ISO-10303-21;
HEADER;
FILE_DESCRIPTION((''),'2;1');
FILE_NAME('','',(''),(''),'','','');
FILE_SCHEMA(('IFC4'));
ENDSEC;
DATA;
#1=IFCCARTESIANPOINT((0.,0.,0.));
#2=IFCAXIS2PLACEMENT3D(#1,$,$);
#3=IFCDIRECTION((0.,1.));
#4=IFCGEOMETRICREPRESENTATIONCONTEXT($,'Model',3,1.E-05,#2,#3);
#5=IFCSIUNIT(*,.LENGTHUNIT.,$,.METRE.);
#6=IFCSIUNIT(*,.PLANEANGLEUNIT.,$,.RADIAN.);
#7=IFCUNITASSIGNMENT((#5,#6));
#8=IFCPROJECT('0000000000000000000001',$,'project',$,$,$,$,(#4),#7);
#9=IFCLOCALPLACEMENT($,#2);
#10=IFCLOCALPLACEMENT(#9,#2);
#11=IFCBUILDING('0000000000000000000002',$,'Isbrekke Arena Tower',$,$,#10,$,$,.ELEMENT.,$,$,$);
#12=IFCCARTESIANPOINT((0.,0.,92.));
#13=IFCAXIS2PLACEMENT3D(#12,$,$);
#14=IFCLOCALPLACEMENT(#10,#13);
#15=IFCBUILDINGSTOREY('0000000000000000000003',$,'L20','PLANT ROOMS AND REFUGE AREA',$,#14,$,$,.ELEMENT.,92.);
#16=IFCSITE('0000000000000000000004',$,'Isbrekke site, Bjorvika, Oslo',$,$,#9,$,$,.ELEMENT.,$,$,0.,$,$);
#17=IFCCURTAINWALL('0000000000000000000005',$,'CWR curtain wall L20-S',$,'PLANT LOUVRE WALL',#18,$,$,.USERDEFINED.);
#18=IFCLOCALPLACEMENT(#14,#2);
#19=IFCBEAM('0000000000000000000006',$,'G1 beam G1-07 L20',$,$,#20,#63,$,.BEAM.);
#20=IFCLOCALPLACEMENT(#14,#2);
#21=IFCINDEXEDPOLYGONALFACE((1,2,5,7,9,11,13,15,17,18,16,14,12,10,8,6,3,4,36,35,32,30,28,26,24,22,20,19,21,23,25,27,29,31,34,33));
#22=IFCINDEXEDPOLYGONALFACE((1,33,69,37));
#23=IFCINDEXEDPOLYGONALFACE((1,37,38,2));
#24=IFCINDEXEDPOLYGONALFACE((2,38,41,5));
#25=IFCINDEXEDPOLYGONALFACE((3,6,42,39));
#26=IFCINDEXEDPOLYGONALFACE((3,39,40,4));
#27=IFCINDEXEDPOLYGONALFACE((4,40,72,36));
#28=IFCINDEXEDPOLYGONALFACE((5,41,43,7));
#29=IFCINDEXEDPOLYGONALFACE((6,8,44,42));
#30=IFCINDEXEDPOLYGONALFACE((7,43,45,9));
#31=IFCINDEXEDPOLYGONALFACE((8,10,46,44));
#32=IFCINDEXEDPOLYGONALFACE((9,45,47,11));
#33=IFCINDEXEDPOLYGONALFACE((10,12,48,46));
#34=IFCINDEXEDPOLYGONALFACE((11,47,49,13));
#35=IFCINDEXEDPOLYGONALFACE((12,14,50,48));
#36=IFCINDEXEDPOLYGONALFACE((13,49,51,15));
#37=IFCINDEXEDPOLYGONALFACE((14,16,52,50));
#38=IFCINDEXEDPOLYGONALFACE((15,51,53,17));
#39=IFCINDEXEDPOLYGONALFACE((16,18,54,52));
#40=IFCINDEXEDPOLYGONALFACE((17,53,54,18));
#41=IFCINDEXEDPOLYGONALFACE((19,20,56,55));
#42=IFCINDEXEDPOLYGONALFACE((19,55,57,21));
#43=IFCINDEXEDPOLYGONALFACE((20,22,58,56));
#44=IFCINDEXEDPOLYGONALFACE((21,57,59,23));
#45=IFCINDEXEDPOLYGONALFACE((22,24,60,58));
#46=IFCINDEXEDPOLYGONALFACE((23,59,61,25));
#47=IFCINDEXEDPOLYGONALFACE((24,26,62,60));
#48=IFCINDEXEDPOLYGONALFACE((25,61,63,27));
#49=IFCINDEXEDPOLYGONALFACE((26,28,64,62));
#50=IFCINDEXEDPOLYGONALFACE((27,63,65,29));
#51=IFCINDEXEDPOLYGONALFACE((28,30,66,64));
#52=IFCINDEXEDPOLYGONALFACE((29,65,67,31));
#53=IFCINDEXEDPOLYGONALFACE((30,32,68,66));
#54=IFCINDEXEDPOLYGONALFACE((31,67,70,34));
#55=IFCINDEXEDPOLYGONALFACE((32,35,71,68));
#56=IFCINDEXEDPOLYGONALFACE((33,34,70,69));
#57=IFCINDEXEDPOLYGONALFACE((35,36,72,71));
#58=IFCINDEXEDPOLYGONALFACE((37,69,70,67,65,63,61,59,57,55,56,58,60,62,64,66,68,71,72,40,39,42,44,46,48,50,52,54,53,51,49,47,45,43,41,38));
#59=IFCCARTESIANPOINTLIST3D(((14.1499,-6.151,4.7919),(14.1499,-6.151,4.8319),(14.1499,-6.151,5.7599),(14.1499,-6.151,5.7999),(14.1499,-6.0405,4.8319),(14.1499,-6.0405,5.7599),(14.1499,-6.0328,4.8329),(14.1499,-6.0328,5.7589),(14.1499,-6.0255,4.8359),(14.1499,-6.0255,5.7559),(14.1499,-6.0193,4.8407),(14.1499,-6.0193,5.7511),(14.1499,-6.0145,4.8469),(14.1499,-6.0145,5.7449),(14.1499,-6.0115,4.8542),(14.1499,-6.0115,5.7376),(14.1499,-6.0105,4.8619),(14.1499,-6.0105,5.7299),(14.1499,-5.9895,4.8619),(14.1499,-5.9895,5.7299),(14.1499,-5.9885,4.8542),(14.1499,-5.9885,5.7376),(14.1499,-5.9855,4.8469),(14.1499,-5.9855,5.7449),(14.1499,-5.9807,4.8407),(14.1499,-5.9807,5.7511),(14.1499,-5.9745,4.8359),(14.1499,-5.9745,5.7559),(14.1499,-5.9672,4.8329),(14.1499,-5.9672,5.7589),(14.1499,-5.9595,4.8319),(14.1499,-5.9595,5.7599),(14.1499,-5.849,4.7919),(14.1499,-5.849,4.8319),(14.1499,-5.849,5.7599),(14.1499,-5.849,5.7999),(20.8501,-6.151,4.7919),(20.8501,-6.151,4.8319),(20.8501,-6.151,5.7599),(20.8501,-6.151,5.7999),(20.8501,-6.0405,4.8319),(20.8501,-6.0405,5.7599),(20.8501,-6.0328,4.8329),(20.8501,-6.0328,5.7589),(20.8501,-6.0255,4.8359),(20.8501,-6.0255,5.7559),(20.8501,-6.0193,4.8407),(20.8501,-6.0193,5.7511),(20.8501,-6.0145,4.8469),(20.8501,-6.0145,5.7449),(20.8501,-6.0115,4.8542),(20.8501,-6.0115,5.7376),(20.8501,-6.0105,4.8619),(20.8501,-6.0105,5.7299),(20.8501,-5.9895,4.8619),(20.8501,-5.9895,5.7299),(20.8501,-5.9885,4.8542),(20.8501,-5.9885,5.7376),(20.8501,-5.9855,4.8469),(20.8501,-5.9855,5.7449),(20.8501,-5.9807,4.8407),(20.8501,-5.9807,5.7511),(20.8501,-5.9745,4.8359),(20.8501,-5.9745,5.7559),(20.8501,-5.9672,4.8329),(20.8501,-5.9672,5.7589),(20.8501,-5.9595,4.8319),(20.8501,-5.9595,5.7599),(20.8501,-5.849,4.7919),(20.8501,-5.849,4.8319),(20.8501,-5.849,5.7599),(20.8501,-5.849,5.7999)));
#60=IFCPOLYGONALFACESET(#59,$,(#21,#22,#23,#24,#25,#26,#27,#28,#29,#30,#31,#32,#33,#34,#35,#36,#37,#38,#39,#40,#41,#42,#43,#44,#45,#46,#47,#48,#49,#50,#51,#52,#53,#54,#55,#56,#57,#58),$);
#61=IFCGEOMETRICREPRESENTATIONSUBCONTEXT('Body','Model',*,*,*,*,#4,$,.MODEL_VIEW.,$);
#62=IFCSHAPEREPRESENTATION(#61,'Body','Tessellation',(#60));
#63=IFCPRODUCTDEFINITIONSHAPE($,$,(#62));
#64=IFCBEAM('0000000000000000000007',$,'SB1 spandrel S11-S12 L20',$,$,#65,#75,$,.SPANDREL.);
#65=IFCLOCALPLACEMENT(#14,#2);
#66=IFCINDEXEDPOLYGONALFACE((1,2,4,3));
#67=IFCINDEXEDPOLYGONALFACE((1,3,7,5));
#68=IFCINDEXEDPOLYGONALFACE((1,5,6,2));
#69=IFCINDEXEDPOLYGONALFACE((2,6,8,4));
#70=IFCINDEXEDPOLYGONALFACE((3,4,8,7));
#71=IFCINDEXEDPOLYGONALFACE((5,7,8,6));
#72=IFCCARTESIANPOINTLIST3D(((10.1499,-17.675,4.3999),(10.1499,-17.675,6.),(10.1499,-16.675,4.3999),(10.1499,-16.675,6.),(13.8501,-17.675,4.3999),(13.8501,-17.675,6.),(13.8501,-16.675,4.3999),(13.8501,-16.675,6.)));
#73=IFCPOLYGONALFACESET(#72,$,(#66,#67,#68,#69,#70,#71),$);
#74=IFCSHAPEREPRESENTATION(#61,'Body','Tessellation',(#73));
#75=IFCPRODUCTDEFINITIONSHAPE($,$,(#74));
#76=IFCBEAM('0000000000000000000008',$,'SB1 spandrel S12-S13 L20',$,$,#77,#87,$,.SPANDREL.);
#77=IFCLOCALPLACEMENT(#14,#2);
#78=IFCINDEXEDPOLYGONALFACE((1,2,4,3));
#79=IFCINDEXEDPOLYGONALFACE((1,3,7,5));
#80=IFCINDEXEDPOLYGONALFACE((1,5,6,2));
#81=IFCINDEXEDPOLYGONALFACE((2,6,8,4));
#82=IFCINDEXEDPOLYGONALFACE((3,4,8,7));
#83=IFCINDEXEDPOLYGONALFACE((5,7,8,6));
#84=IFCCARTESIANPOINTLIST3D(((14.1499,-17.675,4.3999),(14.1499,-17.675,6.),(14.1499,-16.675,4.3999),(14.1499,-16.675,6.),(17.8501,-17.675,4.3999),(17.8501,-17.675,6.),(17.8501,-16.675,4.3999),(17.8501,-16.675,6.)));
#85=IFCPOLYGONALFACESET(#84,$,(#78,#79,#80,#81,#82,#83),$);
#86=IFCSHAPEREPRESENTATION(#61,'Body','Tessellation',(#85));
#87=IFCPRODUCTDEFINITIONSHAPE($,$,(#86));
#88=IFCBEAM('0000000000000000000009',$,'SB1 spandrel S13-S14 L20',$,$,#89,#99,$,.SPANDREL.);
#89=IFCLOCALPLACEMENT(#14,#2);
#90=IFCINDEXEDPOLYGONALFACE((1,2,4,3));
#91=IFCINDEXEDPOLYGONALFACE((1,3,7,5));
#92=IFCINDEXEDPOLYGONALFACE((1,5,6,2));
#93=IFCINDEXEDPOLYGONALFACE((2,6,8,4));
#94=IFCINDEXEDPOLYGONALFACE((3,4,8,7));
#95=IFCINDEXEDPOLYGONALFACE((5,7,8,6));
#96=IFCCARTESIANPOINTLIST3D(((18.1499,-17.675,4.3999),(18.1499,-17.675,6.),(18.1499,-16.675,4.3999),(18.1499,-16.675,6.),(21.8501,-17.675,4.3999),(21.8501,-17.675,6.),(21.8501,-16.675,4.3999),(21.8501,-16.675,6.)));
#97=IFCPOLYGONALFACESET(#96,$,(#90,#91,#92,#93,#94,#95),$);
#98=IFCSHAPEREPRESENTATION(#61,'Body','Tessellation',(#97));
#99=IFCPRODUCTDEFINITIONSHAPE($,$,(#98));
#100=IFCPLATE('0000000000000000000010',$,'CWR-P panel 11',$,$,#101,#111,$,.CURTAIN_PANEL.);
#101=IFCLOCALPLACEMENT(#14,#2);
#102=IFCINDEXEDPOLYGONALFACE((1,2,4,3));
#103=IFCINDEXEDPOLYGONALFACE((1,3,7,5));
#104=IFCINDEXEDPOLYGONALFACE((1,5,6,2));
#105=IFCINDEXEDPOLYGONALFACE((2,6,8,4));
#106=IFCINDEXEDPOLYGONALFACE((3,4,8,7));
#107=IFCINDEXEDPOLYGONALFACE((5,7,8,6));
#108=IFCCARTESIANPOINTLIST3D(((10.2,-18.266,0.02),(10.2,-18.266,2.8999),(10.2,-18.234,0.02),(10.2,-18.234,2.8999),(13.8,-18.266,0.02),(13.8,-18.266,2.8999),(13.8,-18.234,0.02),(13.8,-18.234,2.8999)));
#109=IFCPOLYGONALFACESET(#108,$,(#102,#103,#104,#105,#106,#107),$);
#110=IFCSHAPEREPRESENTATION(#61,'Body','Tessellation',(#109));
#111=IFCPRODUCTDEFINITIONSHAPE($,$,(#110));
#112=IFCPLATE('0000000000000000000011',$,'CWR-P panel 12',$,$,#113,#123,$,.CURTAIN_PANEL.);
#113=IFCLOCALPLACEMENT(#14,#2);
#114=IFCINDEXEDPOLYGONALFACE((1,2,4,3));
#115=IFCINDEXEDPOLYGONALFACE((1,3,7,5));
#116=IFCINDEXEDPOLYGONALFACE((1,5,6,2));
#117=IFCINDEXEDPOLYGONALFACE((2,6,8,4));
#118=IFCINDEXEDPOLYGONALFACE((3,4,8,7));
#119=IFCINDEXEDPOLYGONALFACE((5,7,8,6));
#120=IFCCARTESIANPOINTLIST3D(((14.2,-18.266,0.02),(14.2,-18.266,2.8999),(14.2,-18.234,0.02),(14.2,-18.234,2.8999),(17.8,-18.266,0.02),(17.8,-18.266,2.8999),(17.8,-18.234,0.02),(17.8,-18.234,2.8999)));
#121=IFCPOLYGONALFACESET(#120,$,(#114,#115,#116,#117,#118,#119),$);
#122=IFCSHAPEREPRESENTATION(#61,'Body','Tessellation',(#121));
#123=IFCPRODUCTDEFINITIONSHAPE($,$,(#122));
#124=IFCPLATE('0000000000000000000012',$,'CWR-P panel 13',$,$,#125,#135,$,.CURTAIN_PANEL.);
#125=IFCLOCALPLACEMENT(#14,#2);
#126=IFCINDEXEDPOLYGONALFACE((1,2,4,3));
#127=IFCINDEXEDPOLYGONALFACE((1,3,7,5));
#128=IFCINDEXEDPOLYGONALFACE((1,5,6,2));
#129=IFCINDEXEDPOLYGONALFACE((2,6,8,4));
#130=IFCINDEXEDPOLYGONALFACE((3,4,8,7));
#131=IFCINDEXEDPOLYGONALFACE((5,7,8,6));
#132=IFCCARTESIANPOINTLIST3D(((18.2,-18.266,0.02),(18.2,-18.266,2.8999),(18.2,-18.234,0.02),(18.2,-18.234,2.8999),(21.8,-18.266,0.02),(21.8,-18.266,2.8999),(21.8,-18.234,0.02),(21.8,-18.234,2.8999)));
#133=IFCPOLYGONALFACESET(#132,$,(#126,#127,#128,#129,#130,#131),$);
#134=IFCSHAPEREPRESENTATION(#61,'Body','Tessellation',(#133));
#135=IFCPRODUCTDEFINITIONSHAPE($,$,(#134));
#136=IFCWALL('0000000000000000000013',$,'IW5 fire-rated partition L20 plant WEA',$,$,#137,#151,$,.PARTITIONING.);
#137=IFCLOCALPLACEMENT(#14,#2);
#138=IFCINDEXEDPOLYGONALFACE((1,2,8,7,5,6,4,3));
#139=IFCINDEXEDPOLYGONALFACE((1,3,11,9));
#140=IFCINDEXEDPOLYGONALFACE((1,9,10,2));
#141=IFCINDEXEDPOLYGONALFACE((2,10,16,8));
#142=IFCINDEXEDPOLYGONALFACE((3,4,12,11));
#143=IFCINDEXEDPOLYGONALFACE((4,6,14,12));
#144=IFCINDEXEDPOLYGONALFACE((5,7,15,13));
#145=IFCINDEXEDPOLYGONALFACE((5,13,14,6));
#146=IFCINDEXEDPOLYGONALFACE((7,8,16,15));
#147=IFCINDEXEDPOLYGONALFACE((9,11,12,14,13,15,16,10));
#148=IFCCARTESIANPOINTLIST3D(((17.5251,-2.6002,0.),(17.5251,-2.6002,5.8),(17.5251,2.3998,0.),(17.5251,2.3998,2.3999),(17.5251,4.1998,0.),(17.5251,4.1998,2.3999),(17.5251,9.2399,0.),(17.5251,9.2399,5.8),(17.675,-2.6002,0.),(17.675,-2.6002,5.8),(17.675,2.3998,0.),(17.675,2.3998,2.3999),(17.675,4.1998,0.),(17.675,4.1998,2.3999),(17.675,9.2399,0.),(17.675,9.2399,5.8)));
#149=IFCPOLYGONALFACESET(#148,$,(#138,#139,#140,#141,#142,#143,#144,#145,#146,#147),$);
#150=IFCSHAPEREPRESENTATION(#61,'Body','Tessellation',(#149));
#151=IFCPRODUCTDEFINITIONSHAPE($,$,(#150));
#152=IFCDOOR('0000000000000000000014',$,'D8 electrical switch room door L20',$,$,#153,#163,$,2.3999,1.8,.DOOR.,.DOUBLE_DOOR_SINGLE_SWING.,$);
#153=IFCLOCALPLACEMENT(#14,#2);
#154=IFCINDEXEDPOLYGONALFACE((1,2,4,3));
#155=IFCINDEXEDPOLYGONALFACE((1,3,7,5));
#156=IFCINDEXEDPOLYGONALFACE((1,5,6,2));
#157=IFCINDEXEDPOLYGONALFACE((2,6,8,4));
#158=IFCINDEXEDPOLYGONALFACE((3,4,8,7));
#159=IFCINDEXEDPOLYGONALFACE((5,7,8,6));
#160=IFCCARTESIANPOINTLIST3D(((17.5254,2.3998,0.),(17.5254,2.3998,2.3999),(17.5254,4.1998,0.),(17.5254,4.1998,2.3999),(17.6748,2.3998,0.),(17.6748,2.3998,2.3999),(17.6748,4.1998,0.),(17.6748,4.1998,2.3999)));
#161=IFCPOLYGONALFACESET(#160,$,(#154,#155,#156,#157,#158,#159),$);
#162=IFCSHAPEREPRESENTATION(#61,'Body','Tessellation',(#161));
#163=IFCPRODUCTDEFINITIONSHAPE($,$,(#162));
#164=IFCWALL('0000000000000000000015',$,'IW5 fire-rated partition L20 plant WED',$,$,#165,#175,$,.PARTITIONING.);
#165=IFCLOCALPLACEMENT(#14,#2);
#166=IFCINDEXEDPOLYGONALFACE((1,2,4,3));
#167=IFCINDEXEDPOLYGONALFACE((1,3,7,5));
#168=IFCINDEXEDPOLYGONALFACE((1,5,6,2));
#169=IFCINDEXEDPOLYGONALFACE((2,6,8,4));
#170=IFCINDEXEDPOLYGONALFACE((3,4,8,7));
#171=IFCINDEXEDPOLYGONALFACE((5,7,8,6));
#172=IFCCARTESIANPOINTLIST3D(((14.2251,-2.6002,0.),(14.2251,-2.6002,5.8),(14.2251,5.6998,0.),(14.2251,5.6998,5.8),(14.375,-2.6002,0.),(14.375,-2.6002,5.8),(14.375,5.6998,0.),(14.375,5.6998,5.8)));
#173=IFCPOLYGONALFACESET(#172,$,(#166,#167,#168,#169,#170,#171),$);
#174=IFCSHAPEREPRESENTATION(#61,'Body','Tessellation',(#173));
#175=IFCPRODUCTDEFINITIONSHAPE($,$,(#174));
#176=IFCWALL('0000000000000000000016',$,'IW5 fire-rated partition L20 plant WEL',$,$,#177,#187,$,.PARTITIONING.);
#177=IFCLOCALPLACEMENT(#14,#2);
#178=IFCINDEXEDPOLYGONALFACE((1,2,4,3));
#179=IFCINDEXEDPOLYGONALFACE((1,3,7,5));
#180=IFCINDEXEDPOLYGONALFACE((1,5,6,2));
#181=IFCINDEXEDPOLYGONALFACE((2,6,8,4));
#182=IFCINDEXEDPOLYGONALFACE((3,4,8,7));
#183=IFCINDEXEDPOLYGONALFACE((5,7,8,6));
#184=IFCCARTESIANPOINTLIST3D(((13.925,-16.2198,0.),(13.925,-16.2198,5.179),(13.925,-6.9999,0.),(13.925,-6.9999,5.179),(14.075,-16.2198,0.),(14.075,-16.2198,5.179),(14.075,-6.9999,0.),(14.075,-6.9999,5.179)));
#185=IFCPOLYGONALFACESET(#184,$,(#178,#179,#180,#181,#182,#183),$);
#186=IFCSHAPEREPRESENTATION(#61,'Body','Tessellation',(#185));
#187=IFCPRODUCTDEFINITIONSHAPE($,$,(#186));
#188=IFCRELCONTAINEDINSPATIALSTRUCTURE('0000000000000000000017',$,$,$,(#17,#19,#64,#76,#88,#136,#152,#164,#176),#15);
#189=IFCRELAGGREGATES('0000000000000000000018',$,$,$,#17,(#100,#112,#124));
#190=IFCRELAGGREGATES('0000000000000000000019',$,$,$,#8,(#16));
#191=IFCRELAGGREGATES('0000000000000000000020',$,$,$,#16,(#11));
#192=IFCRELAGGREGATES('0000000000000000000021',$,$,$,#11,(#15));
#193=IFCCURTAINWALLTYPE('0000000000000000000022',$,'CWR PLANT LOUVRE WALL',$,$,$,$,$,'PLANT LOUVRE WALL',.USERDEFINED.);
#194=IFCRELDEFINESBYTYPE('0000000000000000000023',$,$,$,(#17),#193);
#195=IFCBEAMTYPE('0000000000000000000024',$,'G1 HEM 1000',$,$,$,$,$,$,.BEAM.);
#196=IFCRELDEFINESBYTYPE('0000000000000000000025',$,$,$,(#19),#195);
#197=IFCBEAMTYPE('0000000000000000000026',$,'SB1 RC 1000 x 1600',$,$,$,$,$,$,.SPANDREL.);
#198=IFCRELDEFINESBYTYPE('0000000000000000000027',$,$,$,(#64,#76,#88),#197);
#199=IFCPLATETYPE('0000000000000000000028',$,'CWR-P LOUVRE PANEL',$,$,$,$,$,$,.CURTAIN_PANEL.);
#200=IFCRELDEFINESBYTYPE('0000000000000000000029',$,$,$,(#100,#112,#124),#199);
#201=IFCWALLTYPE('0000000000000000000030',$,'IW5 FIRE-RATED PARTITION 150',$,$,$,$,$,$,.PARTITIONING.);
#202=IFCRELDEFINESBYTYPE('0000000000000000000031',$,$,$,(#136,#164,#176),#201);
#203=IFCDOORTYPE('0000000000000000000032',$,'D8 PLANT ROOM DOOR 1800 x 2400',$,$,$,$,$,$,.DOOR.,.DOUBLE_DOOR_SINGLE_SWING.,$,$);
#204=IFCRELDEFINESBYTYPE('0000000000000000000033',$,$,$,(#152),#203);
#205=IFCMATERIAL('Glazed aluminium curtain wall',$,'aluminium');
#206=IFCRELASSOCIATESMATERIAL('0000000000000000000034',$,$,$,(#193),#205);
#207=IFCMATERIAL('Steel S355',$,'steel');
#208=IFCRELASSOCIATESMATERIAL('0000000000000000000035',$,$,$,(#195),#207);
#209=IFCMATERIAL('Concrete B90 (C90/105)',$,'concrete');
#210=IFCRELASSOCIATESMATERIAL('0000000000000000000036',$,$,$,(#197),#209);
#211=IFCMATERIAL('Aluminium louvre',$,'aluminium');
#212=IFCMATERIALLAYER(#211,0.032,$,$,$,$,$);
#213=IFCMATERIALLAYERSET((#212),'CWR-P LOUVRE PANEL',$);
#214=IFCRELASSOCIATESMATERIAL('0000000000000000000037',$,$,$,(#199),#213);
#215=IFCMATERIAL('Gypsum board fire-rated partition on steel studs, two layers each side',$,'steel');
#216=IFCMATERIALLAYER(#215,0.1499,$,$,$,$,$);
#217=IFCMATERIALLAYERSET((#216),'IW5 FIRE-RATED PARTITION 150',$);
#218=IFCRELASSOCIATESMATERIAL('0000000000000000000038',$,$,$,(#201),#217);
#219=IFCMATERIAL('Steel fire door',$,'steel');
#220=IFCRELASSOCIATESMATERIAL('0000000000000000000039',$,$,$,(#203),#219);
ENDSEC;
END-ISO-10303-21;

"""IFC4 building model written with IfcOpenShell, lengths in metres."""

from ifc_helpers import new_model, si_unit, direction, frame, frame_2d, origin, origin_2d, place, context, subcontext, project, spatial, rectangle, i_section, extrude, material, layer, layer_set, material_profile, profile_set, type_object, element, fill, aggregate, save


model = new_model("IFC4")

# Units and contexts
model_context = context("Model", 3, precision=1e-05, world=origin(), true_north=direction((0.0, 1.0)))
body_context = subcontext(model_context, "Body", "Model", "MODEL_VIEW")
ifc_project = project(units=[si_unit("LENGTHUNIT", "METRE"), si_unit("PLANEANGLEUNIT", "RADIAN")], contexts=[model_context])

# Site, building, storey
site_placement = place(None, origin())
site = spatial("IfcSite", under=ifc_project, at=site_placement, Name="Isbrekke site, Bjorvika, Oslo", CompositionType="ELEMENT", RefElevation=0.0)
building_placement = place(site_placement, origin())
building = spatial("IfcBuilding", under=site, at=building_placement, Name="Isbrekke Arena Tower", CompositionType="ELEMENT")
storey_placement = place(building_placement, frame((0.0, 0.0, 92.0)))
storey = spatial("IfcBuildingStorey", under=building, at=storey_placement, Name="L20", Description="PLANT ROOMS AND REFUGE AREA", CompositionType="ELEMENT", Elevation=92.0)

# Curtain wall
ifc_material_1 = material(Name="Glazed aluminium curtain wall", Category="aluminium")
curtain_wall_type = type_object("IfcCurtainWallType", Name="CWR PLANT LOUVRE WALL", ElementType="PLANT LOUVRE WALL", PredefinedType="USERDEFINED", material=ifc_material_1)
curtain_wall_placement = place(storey_placement, origin())
curtain_wall = element("IfcCurtainWall", 1, at=curtain_wall_placement, inside=storey, type_object=curtain_wall_type, Name="CWR curtain wall L20-S", ObjectType="PLANT LOUVRE WALL", PredefinedType="USERDEFINED")

# Beams
ifc_material_2 = material(Name="Steel S355", Category="steel")
ifc_material_profile_1 = material_profile(ifc_material_2, i_section(OverallWidth=0.302, OverallDepth=1.0081, WebThickness=0.021, FlangeThickness=0.04, FilletRadius=0.03, at=origin_2d()), Name="HEM 1000")
ifc_profile_set_1 = profile_set([ifc_material_profile_1], Name="Steel S355")
beam_type_1 = type_object("IfcBeamType", Name="G1 HEM 1000", PredefinedType="BEAM", material=ifc_profile_set_1)
beam_1_placement = place(storey_placement, frame((14.1499, -6.0, 5.2959), z_axis=(1.0, 0.0, 0.0), x_axis=(0.0, 1.0, 0.0)))
element("IfcBeam", 2, at=beam_1_placement, inside=storey, type_object=beam_type_1, Name="G1 beam G1-07 L20", PredefinedType="BEAM", context=body_context, shape_type="SweptSolid", body=[
    extrude(i_section(OverallWidth=0.302, OverallDepth=1.0081, WebThickness=0.021, FlangeThickness=0.04, FilletRadius=0.03, at=origin_2d()), origin(), (0.0, 0.0, 1.0), 6.7002),
])
ifc_material_3 = material(Name="Concrete B90 (C90/105)", Category="concrete")
ifc_material_profile_2 = material_profile(ifc_material_3, rectangle(XDim=1.0, YDim=1.6001, at=origin_2d()), Name="RC 1000x1600")
ifc_profile_set_2 = profile_set([ifc_material_profile_2], Name="Concrete B90 (C90/105)")
beam_type_2 = type_object("IfcBeamType", Name="SB1 RC 1000 x 1600", PredefinedType="SPANDREL", material=ifc_profile_set_2)
for number, where, z_axis, x_axis, name in (
    (3, (10.1499, -17.175, 5.2), (1.0, 0.0, 0.0), (0.0, 1.0, 0.0), "SB1 spandrel S11-S12 L20"),
    (4, (14.1499, -17.175, 5.2), (1.0, 0.0, 0.0), (0.0, 1.0, 0.0), "SB1 spandrel S12-S13 L20"),
    (5, (18.1499, -17.175, 5.2), (1.0, 0.0, 0.0), (0.0, 1.0, 0.0), "SB1 spandrel S13-S14 L20"),
):
    element("IfcBeam", number, at=place(storey_placement, frame(where, z_axis=z_axis, x_axis=x_axis)), inside=storey, type_object=beam_type_2, Name=name, PredefinedType="SPANDREL", context=body_context, shape_type="SweptSolid", body=[
        extrude(rectangle(XDim=1.0, YDim=1.6001, at=origin_2d()), origin(), (0.0, 0.0, 1.0), 3.7002),
    ])

# Plates
ifc_material_4 = material(Name="Aluminium louvre", Category="aluminium")
ifc_layer_1 = layer(ifc_material_4, 0.032)
ifc_layer_set_1 = layer_set([ifc_layer_1], Name="CWR-P LOUVRE PANEL")
plate_type = type_object("IfcPlateType", Name="CWR-P LOUVRE PANEL", PredefinedType="CURTAIN_PANEL", material=ifc_layer_set_1)
plate_1_placement = place(storey_placement, frame((12.0, -18.25, 0.02), z_axis=(0.0, 0.0, 1.0), x_axis=(1.0, 0.0, 0.0)))
plate_1 = element("IfcPlate", 6, at=plate_1_placement, type_object=plate_type, Name="CWR-P panel 11", PredefinedType="CURTAIN_PANEL", context=body_context, shape_type="SweptSolid", body=[
    extrude(rectangle(XDim=3.6001, YDim=0.032, at=origin_2d()), origin(), (0.0, 0.0, 1.0), 2.8799),
])
plate_2_placement = place(storey_placement, frame((16.0, -18.25, 0.02), z_axis=(0.0, 0.0, 1.0), x_axis=(1.0, 0.0, 0.0)))
plate_2 = element("IfcPlate", 7, at=plate_2_placement, type_object=plate_type, Name="CWR-P panel 12", PredefinedType="CURTAIN_PANEL", context=body_context, shape_type="SweptSolid", body=[
    extrude(rectangle(XDim=3.6001, YDim=0.032, at=origin_2d()), origin(), (0.0, 0.0, 1.0), 2.8799),
])
plate_3_placement = place(storey_placement, frame((20.0, -18.25, 0.02), z_axis=(0.0, 0.0, 1.0), x_axis=(1.0, 0.0, 0.0)))
plate_3 = element("IfcPlate", 8, at=plate_3_placement, type_object=plate_type, Name="CWR-P panel 13", PredefinedType="CURTAIN_PANEL", context=body_context, shape_type="SweptSolid", body=[
    extrude(rectangle(XDim=3.6001, YDim=0.032, at=origin_2d()), origin(), (0.0, 0.0, 1.0), 2.8799),
])
aggregate(curtain_wall, [plate_1, plate_2, plate_3])

# Wall, opening, door
ifc_material_5 = material(Name="Gypsum board fire-rated partition on steel studs, two layers each side", Category="steel")
ifc_layer_2 = layer(ifc_material_5, 0.1499)
ifc_layer_set_2 = layer_set([ifc_layer_2], Name="IW5 FIRE-RATED PARTITION 150")
wall_type = type_object("IfcWallType", Name="IW5 FIRE-RATED PARTITION 150", PredefinedType="PARTITIONING", material=ifc_layer_set_2)
wall_1_placement = place(storey_placement, frame((17.6001, -2.6001, 0.0), z_axis=(0.0, 0.0, 1.0), x_axis=(0.0, 1.0, 0.0)))
wall_1 = element("IfcWall", 9, at=wall_1_placement, inside=storey, type_object=wall_type, Name="IW5 fire-rated partition L20 plant WEA", PredefinedType="PARTITIONING", context=body_context, shape_type="SweptSolid", body=[
    extrude(rectangle(XDim=11.8401, YDim=0.1499, at=frame_2d((5.9199, 0.0))), origin(), (0.0, 0.0, 1.0), 5.8),
])
opening_1_placement = place(wall_1_placement, frame((5.0, 0.0, 0.0)))
opening_1 = element("IfcOpeningElement", 10, at=opening_1_placement, cuts=wall_1, PredefinedType="OPENING", context=body_context, shape_type="SweptSolid", body=[
    extrude(rectangle(XDim=1.8, YDim=2.3999, at=frame_2d((0.8999, 1.2))), frame((0.0, 0.0898, 0.0), z_axis=(0.0, -1.0, 0.0), x_axis=(1.0, 0.0, 0.0)), (0.0, 0.0, 1.0), 0.1797),
])
ifc_material_6 = material(Name="Steel fire door", Category="steel")
door_type = type_object("IfcDoorType", Name="D8 PLANT ROOM DOOR 1800 x 2400", OperationType="DOUBLE_DOOR_SINGLE_SWING", PredefinedType="DOOR", material=ifc_material_6)
door_1_placement = place(opening_1_placement, origin())
door_1 = element("IfcDoor", 11, at=door_1_placement, inside=storey, type_object=door_type, Name="D8 electrical switch room door L20", OperationType="DOUBLE_DOOR_SINGLE_SWING", OverallHeight=2.3999, OverallWidth=1.8, PredefinedType="DOOR", context=body_context, shape_type="SweptSolid", body=[
    extrude(rectangle(XDim=1.8, YDim=2.3999, at=frame_2d((0.8999, 1.2))), frame((0.0, 0.0747, 0.0), z_axis=(0.0, -1.0, 0.0), x_axis=(1.0, 0.0, 0.0)), (0.0, 0.0, 1.0), 0.1494),
])
fill(opening_1, door_1)

# Walls
wall_2_placement = place(storey_placement, frame((14.3, -2.6001, 0.0), z_axis=(0.0, 0.0, 1.0), x_axis=(0.0, 1.0, 0.0)))
element("IfcWall", 12, at=wall_2_placement, inside=storey, type_object=wall_type, Name="IW5 fire-rated partition L20 plant WED", PredefinedType="PARTITIONING", context=body_context, shape_type="SweptSolid", body=[
    extrude(rectangle(XDim=8.3, YDim=0.1499, at=frame_2d((4.1499, 0.0))), origin(), (0.0, 0.0, 1.0), 5.8),
])
wall_3_placement = place(storey_placement, frame((14.0, -7.0, 0.0), z_axis=(0.0, 0.0, 1.0), x_axis=(0.0, -1.0, 0.0)))
element("IfcWall", 13, at=wall_3_placement, inside=storey, type_object=wall_type, Name="IW5 fire-rated partition L20 plant WEL", PredefinedType="PARTITIONING", context=body_context, shape_type="SweptSolid", body=[
    extrude(rectangle(XDim=9.22, YDim=0.1499, at=frame_2d((4.6099, 0.0))), origin(), (0.0, 0.0, 1.0), 5.179),
])

save(model, "model.ifc")
